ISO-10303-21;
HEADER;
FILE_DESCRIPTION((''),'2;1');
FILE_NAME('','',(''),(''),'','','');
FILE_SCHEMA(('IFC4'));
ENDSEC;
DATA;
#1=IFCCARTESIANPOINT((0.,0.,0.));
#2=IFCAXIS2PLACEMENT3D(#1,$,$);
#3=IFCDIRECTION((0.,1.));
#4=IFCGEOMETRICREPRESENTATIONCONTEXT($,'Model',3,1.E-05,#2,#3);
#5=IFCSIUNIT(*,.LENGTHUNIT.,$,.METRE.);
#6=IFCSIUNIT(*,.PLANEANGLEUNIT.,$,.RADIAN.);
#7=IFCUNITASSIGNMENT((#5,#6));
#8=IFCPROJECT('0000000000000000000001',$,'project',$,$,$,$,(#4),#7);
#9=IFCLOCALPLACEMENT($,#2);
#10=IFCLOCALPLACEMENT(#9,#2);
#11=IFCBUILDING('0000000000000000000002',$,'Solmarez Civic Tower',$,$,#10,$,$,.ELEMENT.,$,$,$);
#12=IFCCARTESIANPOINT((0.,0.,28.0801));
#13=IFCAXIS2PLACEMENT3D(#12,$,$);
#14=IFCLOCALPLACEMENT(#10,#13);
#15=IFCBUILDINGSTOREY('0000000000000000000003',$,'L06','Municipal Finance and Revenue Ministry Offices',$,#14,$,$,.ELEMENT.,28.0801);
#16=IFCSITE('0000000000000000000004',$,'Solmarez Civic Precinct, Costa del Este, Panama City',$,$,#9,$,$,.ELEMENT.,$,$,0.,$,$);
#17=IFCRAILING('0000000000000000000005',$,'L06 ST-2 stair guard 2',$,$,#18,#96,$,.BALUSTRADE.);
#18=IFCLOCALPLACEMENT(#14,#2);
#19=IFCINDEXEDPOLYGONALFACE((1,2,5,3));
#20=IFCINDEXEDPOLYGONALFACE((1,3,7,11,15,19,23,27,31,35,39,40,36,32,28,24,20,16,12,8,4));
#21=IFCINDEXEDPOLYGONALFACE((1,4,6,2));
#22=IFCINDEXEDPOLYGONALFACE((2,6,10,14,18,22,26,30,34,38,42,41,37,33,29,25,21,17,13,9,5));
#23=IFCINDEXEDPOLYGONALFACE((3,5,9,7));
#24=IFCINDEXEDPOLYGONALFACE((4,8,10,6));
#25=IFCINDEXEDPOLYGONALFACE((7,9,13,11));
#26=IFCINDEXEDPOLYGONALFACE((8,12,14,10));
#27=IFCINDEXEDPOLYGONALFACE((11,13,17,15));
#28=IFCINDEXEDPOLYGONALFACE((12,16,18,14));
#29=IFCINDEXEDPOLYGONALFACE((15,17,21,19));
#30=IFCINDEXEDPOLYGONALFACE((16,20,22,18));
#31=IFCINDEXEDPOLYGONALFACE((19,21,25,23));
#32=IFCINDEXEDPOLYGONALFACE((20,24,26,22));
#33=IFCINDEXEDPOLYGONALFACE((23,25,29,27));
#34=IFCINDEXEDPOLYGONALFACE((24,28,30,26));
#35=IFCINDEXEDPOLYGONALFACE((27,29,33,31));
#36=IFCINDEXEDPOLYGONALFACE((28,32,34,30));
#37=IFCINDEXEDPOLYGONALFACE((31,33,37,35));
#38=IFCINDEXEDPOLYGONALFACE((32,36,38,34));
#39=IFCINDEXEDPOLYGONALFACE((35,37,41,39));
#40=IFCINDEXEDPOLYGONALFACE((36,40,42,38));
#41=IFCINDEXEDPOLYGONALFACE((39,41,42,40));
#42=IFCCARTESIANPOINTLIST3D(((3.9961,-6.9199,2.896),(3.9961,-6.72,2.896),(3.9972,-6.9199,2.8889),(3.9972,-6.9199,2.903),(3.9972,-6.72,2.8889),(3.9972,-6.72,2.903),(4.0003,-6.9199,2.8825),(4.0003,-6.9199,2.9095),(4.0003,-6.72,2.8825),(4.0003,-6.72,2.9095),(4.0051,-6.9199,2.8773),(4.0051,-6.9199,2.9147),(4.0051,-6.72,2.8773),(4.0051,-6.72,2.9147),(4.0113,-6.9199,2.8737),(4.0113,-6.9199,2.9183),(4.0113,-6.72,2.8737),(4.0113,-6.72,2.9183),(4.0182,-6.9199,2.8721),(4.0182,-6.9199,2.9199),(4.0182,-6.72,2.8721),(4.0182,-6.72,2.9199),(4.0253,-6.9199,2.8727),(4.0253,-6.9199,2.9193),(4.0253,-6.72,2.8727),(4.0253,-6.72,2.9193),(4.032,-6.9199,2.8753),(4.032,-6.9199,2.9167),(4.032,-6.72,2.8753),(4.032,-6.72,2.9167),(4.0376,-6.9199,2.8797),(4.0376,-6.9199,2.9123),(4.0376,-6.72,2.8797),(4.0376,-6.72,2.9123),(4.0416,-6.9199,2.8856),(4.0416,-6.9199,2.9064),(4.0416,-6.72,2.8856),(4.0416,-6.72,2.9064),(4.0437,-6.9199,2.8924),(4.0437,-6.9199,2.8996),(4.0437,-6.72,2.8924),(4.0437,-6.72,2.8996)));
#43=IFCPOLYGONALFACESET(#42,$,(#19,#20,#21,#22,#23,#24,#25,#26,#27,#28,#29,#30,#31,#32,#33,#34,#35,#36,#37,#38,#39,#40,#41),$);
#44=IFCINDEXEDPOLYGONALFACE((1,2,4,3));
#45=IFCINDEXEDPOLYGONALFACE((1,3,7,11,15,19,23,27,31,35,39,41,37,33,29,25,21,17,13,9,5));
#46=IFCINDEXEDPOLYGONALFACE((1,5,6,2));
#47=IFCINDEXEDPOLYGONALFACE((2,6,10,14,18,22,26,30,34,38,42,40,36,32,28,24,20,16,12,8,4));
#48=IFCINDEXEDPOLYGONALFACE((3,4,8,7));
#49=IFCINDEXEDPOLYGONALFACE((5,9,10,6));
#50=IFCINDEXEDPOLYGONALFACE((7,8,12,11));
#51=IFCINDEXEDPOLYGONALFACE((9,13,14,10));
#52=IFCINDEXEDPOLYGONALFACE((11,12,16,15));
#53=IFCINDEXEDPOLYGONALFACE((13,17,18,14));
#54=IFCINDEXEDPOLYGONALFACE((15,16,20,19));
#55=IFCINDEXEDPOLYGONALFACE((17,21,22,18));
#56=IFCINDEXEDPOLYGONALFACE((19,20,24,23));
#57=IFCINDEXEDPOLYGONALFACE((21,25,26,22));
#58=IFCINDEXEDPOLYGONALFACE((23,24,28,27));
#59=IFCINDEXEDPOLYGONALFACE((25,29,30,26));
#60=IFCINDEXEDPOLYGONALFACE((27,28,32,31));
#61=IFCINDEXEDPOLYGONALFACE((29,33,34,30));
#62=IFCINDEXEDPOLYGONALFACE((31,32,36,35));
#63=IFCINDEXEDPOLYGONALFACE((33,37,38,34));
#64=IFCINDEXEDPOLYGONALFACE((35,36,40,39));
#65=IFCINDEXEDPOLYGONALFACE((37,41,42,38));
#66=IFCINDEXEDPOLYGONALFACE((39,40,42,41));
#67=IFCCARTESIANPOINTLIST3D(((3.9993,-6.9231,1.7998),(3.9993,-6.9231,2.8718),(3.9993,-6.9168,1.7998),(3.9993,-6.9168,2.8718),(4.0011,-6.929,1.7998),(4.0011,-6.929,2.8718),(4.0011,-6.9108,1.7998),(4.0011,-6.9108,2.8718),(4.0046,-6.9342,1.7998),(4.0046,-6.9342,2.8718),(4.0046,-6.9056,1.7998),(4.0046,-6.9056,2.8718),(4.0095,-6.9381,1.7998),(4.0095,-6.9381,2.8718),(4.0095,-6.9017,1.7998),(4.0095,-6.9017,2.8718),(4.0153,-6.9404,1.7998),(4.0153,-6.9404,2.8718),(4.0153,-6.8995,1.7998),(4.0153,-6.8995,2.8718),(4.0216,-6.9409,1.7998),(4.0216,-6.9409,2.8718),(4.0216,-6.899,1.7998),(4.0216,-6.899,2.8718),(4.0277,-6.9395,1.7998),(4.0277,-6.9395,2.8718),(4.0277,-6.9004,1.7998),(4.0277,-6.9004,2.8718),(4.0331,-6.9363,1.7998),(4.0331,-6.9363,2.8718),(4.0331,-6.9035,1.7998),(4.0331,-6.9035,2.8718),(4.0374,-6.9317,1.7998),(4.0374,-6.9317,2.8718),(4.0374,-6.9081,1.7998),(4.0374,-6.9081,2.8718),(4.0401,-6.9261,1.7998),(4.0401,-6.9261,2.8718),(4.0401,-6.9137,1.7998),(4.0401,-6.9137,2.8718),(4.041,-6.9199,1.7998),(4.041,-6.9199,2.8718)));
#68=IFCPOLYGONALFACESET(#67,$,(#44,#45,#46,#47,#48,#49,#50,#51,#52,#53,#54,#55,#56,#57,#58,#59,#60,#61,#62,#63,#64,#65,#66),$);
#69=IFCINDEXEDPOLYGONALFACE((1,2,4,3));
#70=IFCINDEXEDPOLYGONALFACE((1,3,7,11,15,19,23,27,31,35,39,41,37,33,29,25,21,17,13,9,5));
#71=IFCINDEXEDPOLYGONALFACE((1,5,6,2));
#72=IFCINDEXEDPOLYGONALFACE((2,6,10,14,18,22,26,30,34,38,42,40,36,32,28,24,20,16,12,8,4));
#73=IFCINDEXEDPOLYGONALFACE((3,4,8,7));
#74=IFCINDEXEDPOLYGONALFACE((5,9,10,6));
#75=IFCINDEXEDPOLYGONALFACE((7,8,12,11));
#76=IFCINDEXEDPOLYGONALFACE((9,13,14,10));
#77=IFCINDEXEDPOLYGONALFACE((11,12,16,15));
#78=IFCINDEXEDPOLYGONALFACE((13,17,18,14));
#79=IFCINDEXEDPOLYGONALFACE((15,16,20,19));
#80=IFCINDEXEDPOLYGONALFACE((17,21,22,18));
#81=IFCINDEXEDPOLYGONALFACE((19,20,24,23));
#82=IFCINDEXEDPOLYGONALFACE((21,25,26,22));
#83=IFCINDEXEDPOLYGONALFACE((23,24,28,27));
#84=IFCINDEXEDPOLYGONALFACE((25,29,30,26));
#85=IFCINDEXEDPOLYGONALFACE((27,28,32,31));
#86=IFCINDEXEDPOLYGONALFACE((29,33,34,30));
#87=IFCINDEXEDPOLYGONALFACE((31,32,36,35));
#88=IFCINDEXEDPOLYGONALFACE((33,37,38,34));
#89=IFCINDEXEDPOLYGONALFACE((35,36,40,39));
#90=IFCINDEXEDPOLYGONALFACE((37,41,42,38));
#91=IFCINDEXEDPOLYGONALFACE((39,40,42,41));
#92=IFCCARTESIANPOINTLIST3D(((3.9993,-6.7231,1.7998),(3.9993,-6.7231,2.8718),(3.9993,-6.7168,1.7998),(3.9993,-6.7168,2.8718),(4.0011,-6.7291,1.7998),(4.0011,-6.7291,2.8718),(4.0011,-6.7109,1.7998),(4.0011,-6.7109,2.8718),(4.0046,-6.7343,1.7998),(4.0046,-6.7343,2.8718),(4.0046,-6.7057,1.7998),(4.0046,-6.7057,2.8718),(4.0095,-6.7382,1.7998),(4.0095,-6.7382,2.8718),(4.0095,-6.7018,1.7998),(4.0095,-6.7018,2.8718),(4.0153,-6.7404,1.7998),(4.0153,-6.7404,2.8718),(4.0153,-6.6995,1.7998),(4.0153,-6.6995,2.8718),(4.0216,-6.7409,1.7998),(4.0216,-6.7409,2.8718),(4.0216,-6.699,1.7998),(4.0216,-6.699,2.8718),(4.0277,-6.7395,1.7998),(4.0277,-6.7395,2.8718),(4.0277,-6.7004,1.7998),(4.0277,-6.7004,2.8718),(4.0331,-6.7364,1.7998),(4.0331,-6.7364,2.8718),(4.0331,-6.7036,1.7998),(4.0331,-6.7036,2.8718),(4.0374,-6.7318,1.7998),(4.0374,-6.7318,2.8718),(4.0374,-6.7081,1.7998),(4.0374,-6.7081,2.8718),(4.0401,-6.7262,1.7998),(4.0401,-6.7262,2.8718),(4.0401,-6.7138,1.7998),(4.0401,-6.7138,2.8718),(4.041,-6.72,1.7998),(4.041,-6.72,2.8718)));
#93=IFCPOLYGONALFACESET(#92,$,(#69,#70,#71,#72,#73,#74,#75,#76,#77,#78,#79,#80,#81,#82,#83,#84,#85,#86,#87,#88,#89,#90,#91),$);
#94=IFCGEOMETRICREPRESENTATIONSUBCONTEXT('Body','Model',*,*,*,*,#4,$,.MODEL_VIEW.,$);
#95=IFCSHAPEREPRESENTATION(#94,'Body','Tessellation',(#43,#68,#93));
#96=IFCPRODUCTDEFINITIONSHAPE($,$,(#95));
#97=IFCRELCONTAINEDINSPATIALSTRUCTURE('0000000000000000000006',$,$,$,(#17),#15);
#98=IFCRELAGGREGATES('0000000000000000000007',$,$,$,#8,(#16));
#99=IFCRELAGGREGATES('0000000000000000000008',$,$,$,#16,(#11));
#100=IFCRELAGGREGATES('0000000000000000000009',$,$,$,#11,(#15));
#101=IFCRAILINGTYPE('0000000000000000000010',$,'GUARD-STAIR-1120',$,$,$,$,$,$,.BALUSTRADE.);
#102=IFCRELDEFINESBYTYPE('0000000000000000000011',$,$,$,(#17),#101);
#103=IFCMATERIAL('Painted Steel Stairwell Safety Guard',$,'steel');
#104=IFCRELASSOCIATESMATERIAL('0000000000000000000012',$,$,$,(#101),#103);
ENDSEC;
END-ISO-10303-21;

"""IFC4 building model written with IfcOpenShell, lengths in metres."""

from ifc_helpers import new_model, si_unit, direction, frame, origin, origin_2d, place, context, subcontext, project, spatial, circle, extrude, material, type_object, element, save


model = new_model("IFC4")

# Units and contexts
model_context = context("Model", 3, precision=1e-05, world=origin(), true_north=direction((0.0, 1.0)))
body_context = subcontext(model_context, "Body", "Model", "MODEL_VIEW")
ifc_project = project(units=[si_unit("LENGTHUNIT", "METRE"), si_unit("PLANEANGLEUNIT", "RADIAN")], contexts=[model_context])

# Site, building, storey
site_placement = place(None, origin())
site = spatial("IfcSite", under=ifc_project, at=site_placement, Name="Solmarez Civic Precinct, Costa del Este, Panama City", CompositionType="ELEMENT", RefElevation=0.0)
building_placement = place(site_placement, origin())
building = spatial("IfcBuilding", under=site, at=building_placement, Name="Solmarez Civic Tower", CompositionType="ELEMENT")
storey_placement = place(building_placement, frame((0.0, 0.0, 28.0801)))
storey = spatial("IfcBuildingStorey", under=building, at=storey_placement, Name="L06", Description="Municipal Finance and Revenue Ministry Offices", CompositionType="ELEMENT", Elevation=28.0801)

# Railing
ifc_material_1 = material(Name="Painted Steel Stairwell Safety Guard", Category="steel")
railing_type_1 = type_object("IfcRailingType", Name="GUARD-STAIR-1120", PredefinedType="BALUSTRADE", material=ifc_material_1)
railing_1_placement = place(storey_placement, frame((4.02, -6.9199, 1.7998)))
element("IfcRailing", 1, at=railing_1_placement, inside=storey, type_object=railing_type_1, Name="L06 ST-2 stair guard 2", PredefinedType="BALUSTRADE", context=body_context, shape_type="SweptSolid", body=[
    extrude(circle(Radius=0.0239, at=origin_2d()), frame((0.0, 0.0, 1.0962), z_axis=(0.0, 1.0, 0.0), x_axis=(-1.0, 0.0, 0.0)), (0.0, 0.0, 1.0), 0.2),
    extrude(circle(Radius=0.021, at=origin_2d()), origin(), (0.0, 0.0, 1.0), 1.072),
    extrude(circle(Radius=0.021, at=origin_2d()), frame((0.0, 0.2, 0.0)), (0.0, 0.0, 1.0), 1.072),
])

save(model, "model.ifc")
